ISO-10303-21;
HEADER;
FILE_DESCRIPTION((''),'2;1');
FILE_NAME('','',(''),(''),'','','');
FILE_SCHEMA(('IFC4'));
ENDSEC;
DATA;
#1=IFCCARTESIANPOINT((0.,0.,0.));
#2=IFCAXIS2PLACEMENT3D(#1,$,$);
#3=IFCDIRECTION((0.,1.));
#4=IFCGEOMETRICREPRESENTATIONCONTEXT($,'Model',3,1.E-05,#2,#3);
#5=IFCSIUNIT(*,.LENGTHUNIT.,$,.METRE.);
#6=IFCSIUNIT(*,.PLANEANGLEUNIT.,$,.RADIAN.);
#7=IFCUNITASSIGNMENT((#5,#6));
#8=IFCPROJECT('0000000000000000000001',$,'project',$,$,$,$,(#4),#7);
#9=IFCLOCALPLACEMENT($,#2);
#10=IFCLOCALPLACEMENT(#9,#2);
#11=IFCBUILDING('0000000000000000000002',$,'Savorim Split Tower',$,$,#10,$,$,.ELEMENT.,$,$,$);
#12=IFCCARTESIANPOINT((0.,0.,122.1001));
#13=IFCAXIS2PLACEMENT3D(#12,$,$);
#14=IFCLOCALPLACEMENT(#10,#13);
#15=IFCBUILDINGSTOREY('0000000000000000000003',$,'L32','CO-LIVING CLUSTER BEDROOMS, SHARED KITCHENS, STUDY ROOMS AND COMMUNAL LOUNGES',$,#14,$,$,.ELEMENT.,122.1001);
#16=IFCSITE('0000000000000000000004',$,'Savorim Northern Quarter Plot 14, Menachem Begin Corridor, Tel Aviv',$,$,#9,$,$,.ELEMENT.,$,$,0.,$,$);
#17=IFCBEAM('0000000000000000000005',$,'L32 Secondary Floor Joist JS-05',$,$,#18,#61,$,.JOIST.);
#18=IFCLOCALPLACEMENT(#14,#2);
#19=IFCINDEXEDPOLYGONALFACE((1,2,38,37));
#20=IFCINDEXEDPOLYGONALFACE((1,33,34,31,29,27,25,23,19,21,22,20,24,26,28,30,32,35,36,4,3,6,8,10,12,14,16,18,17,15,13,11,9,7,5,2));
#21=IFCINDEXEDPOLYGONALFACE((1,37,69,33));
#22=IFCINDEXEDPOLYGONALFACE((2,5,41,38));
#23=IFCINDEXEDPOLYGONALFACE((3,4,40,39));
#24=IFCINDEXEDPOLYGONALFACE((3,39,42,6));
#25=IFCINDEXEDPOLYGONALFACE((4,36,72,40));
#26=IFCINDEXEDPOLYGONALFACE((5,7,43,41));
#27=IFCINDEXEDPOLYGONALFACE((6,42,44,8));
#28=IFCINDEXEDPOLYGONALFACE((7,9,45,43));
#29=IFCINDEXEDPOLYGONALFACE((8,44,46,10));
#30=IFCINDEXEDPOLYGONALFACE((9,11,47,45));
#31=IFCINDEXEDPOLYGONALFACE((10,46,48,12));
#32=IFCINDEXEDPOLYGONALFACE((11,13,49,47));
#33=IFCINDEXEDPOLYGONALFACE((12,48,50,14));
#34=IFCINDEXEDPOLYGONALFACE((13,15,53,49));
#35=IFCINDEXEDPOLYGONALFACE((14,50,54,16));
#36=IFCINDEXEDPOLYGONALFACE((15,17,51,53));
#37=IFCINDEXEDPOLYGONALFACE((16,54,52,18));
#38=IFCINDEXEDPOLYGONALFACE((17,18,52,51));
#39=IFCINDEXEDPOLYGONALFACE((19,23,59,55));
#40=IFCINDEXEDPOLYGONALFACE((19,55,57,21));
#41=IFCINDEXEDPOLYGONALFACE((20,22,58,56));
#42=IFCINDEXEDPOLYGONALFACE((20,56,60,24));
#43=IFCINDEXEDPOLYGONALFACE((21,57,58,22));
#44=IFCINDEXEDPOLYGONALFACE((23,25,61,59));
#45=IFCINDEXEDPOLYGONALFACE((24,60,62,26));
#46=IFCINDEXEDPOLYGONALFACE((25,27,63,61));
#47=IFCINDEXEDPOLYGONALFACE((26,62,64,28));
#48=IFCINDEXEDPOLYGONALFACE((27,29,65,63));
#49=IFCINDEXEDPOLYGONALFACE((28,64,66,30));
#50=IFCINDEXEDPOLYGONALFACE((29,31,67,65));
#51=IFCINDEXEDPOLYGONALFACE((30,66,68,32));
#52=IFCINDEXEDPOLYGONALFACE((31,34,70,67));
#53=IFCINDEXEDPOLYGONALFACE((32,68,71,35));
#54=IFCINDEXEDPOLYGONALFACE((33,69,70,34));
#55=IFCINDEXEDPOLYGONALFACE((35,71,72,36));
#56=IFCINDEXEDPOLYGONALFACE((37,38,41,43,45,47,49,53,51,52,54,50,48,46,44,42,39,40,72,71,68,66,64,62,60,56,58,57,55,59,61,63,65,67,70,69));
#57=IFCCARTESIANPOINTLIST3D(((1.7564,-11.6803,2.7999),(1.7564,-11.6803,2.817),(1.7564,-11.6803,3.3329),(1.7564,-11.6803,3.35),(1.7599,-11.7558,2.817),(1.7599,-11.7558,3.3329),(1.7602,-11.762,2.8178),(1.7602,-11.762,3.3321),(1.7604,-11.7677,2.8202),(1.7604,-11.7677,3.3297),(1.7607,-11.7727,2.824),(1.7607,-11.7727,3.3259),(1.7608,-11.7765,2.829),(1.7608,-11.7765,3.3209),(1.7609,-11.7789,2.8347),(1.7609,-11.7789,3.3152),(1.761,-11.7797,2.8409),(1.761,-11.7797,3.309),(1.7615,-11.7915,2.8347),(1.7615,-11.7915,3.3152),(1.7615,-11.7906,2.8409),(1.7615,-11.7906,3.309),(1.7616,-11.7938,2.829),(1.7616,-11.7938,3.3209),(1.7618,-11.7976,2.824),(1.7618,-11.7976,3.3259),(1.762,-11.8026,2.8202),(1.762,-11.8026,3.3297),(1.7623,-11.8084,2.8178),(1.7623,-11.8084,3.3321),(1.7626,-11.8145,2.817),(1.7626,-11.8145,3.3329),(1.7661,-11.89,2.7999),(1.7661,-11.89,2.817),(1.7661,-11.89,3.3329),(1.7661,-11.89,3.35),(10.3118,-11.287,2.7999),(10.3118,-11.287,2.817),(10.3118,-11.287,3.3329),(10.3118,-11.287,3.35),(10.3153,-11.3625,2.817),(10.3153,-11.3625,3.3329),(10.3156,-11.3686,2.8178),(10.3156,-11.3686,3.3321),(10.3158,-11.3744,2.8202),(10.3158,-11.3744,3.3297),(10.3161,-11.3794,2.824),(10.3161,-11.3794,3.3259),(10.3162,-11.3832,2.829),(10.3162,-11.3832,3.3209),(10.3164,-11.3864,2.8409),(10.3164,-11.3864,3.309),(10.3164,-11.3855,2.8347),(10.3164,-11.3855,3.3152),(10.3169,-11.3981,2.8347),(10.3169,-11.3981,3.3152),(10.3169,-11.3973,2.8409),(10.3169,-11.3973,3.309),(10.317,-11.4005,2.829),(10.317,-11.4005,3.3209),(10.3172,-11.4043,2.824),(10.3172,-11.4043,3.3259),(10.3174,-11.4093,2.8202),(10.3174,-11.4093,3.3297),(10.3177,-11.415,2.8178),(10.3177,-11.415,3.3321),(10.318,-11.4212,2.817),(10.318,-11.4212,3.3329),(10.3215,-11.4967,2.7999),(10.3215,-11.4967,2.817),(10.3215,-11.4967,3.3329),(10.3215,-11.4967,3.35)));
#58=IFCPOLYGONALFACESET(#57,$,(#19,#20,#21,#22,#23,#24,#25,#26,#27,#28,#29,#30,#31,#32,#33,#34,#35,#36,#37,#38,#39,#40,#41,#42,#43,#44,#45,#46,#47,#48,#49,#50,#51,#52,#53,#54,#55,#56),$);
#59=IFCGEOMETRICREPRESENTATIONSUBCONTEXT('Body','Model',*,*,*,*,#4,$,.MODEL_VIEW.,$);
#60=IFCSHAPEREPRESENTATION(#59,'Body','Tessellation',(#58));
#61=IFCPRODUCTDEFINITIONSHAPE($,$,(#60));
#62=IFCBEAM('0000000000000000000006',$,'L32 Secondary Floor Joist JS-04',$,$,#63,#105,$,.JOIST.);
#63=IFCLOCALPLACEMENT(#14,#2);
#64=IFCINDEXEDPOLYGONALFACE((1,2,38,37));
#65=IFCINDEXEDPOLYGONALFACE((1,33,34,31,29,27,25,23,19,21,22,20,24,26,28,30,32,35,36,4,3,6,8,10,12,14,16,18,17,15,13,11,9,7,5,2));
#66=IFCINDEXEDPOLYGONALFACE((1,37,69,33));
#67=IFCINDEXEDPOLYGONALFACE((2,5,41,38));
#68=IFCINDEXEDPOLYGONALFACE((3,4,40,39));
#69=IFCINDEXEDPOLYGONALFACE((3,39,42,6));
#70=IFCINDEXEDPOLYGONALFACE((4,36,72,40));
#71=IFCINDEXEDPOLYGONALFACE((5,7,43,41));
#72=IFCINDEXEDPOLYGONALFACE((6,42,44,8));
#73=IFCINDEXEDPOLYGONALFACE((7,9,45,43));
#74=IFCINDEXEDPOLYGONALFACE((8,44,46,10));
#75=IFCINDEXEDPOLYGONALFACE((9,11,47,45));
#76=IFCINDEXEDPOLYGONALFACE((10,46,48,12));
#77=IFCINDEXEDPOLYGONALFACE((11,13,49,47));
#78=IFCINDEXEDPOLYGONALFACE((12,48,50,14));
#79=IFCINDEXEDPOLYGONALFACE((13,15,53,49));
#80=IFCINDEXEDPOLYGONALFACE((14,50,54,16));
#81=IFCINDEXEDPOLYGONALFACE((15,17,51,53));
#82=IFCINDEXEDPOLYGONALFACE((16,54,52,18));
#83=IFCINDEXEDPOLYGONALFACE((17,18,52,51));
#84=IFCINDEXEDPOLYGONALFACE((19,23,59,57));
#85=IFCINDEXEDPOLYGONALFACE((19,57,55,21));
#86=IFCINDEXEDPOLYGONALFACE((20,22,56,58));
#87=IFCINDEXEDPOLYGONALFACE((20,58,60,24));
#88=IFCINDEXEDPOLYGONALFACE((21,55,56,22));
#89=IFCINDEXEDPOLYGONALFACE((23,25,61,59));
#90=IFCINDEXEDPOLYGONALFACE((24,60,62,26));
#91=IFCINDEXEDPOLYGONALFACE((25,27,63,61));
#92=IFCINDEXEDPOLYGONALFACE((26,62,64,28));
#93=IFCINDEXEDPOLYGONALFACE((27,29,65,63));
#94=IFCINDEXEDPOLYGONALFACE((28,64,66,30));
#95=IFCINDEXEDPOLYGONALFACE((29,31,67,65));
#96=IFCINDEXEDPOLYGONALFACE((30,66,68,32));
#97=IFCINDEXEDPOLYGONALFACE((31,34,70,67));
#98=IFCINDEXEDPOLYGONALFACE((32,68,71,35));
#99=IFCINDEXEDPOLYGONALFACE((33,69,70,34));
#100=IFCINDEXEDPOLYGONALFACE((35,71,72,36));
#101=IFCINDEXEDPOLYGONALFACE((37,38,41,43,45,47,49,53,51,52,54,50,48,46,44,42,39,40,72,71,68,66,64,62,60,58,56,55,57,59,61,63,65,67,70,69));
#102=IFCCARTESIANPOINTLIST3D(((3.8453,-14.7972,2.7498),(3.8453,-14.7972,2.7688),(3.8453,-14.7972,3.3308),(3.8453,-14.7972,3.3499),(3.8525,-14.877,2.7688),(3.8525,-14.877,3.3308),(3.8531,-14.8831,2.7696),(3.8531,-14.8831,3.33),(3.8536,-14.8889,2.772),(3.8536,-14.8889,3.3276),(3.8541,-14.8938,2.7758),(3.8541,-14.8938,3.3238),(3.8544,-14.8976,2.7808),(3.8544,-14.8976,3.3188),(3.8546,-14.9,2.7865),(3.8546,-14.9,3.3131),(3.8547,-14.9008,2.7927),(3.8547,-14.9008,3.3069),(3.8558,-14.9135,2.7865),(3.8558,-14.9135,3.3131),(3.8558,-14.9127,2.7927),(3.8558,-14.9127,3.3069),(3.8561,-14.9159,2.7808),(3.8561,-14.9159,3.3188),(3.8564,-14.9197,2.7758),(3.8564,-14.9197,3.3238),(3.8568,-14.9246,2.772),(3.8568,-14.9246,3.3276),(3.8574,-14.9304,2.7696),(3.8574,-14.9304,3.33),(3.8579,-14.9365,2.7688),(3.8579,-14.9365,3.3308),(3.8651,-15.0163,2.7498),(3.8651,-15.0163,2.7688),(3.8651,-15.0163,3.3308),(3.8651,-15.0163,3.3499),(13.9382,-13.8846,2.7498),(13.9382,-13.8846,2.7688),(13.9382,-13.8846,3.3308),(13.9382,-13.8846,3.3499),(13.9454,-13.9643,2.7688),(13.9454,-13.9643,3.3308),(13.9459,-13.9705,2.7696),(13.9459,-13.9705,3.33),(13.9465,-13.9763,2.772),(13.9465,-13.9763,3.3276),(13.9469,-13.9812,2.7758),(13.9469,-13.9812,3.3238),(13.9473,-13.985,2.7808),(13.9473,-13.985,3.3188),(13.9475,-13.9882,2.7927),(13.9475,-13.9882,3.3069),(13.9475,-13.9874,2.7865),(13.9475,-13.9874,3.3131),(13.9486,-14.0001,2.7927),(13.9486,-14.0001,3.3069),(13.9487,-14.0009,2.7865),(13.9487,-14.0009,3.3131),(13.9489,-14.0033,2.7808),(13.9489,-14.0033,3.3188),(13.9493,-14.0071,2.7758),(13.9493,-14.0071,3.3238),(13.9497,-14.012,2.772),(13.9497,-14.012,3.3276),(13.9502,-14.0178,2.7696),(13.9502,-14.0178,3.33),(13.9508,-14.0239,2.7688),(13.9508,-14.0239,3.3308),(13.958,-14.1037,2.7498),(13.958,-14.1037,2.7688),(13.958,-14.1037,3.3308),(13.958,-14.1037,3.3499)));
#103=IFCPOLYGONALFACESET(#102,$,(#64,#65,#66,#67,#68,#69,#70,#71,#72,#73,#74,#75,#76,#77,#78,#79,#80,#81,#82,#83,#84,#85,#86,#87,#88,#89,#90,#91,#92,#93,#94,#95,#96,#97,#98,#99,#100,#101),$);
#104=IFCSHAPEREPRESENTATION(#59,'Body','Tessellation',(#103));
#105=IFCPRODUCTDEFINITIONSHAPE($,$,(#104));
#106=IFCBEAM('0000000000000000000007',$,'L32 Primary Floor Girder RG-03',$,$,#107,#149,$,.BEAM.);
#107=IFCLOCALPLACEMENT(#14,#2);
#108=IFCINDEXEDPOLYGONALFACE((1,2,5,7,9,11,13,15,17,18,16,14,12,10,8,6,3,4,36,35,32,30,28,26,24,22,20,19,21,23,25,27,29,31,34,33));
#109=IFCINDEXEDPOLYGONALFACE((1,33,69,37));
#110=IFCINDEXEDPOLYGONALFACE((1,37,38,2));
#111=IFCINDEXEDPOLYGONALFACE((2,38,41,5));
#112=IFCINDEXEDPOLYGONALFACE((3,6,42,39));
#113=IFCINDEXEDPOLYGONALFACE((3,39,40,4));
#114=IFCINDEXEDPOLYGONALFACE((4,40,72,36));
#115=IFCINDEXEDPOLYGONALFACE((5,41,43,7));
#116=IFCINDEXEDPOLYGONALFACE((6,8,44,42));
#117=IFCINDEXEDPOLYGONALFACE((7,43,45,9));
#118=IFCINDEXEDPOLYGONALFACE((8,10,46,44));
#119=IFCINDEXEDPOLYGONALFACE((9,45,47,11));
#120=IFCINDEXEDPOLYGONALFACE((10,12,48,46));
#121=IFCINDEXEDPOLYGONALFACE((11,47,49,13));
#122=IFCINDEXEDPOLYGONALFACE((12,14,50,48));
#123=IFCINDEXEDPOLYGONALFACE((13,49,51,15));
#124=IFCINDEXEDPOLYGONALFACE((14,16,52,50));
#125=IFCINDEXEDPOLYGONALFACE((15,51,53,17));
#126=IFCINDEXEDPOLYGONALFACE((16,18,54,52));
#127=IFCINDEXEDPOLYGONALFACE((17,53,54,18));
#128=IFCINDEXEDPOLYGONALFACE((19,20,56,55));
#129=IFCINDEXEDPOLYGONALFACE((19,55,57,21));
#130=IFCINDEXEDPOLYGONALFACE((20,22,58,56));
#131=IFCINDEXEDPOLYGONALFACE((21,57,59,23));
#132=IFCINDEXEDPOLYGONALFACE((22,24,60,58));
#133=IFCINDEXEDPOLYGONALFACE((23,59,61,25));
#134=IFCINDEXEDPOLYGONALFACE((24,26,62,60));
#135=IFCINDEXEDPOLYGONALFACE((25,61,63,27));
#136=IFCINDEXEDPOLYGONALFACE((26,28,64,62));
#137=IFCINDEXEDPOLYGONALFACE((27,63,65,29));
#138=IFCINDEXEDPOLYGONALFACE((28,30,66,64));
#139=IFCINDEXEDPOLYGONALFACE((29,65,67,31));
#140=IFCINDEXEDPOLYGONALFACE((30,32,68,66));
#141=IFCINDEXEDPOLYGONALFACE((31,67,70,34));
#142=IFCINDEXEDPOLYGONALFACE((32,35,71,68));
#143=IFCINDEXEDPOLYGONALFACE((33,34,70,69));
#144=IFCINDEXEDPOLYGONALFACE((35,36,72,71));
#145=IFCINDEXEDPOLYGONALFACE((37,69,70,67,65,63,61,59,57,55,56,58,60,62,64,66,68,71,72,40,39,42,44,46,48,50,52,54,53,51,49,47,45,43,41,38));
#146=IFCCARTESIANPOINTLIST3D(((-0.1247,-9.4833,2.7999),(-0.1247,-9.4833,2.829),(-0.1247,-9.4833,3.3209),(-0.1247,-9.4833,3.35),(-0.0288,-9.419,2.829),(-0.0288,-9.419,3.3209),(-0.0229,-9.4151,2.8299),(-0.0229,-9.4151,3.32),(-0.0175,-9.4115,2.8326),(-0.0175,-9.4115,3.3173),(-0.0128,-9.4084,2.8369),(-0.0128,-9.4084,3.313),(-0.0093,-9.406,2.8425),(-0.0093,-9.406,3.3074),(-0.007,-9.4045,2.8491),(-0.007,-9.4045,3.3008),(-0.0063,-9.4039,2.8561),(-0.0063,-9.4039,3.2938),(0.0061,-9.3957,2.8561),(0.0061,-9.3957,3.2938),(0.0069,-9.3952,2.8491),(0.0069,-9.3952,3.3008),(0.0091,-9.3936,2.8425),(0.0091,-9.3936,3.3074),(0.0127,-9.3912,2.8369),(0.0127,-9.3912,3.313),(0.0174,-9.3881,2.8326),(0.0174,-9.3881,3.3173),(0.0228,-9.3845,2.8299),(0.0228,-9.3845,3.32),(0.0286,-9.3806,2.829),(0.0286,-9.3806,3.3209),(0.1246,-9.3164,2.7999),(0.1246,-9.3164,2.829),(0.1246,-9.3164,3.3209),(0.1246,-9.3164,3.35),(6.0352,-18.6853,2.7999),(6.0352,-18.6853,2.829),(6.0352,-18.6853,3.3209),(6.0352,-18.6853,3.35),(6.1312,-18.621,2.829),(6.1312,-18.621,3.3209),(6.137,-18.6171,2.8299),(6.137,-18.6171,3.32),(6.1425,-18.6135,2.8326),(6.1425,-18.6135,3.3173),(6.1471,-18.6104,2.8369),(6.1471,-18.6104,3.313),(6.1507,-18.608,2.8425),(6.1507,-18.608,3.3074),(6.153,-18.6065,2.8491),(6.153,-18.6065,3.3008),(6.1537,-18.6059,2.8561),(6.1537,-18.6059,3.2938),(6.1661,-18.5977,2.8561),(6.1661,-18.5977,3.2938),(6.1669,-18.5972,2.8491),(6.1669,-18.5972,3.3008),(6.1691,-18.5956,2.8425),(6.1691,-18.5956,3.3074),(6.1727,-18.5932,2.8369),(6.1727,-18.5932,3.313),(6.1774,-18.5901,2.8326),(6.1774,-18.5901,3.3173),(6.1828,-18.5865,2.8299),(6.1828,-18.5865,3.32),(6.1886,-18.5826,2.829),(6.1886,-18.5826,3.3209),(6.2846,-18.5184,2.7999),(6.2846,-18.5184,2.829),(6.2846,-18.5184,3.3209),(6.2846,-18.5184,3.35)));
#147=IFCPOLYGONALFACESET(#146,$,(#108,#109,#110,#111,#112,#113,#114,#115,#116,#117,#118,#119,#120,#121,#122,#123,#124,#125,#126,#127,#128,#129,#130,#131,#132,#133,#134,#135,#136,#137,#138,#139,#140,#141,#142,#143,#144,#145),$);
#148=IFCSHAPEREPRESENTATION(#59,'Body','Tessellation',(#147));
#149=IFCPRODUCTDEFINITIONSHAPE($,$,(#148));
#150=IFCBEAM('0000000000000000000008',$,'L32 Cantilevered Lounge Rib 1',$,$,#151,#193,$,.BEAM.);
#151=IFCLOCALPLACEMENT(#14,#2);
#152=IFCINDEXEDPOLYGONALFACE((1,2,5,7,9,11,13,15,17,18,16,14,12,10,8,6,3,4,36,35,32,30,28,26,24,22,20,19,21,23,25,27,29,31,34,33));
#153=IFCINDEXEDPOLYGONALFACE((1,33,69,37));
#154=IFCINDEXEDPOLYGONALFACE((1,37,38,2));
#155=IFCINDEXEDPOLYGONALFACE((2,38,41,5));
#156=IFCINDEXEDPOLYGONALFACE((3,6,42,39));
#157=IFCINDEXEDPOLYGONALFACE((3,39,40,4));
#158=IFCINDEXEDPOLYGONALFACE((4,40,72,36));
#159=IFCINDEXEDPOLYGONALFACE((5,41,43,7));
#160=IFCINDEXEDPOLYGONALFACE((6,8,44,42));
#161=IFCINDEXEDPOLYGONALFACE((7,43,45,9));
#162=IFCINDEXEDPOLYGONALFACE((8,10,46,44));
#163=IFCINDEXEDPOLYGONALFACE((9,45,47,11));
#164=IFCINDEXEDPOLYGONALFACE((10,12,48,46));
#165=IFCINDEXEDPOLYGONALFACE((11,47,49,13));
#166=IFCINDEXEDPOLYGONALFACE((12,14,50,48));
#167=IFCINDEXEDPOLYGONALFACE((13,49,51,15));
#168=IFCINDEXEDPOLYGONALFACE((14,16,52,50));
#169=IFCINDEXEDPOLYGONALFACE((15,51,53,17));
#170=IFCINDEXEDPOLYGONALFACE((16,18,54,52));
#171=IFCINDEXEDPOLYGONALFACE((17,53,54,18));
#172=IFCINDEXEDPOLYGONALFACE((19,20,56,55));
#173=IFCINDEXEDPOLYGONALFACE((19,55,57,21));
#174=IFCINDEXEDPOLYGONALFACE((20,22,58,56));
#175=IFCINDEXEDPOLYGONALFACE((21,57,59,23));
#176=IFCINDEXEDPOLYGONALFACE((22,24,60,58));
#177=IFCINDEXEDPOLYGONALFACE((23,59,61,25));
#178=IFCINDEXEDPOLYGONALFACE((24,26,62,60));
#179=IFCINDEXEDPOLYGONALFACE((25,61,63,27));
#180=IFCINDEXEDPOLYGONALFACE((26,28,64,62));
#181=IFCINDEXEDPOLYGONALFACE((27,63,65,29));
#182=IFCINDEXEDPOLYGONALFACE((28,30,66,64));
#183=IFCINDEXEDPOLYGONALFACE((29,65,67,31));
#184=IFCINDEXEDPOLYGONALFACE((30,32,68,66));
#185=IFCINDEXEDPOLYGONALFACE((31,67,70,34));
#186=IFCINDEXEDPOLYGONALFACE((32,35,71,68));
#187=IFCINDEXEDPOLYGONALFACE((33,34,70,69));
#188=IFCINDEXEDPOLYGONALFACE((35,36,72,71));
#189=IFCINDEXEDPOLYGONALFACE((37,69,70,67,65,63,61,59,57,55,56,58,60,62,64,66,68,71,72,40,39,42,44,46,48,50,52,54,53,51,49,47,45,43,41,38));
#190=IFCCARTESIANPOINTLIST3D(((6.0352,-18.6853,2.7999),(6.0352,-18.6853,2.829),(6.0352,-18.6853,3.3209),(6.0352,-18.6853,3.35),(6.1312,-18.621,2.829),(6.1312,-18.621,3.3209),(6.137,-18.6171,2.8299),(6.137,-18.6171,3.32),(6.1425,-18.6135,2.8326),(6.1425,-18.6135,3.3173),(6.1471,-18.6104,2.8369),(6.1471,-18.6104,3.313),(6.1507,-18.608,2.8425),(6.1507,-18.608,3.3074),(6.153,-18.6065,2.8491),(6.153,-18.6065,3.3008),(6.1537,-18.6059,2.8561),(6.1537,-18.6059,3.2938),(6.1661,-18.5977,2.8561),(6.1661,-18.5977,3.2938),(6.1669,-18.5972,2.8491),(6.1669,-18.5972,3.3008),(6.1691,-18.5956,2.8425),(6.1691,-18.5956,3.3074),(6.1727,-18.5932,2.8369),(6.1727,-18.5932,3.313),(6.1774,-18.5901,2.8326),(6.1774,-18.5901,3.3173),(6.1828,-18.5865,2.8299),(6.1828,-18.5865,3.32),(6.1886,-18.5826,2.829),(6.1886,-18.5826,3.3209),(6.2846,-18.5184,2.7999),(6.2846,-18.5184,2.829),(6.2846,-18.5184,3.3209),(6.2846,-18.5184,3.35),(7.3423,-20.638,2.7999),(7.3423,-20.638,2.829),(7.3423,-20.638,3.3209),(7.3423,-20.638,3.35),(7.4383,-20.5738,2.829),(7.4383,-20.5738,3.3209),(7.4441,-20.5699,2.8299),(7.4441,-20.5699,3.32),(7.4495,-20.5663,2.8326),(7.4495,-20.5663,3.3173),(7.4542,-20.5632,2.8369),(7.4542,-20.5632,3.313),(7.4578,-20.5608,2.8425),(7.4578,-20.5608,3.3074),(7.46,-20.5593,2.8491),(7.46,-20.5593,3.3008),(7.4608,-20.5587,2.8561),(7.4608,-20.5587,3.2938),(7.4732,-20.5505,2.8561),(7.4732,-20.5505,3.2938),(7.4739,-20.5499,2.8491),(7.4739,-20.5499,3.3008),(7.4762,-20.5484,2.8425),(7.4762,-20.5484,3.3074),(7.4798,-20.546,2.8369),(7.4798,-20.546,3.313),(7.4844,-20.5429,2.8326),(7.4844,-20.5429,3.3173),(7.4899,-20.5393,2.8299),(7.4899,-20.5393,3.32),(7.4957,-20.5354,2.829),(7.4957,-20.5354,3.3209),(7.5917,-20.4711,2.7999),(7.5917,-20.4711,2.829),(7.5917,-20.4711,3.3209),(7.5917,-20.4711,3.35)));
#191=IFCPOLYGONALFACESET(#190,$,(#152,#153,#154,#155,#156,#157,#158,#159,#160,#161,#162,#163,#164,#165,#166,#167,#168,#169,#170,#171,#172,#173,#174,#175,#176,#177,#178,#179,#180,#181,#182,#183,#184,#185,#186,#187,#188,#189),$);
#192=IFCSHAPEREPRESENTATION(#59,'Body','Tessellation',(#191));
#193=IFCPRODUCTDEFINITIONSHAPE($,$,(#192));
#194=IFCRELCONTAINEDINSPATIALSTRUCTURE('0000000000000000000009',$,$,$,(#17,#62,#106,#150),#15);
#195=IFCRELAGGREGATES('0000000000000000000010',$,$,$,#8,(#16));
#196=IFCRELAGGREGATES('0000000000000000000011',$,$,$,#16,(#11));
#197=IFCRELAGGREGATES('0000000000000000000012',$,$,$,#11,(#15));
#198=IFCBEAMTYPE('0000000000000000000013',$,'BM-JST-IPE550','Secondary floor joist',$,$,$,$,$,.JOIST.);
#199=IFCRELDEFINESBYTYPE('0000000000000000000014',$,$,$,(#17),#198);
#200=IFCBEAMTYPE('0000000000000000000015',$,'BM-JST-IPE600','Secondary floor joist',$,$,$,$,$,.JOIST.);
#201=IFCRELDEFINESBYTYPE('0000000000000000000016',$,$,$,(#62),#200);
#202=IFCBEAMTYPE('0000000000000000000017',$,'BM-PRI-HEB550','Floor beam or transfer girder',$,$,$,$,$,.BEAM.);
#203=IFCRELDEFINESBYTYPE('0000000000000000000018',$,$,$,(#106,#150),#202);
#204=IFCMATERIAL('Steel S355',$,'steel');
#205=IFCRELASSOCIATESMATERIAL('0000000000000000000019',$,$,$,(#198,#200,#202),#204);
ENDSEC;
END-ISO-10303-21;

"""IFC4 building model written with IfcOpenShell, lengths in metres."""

from ifc_helpers import new_model, si_unit, direction, frame, origin, origin_2d, place, context, subcontext, project, spatial, i_section, extrude, material, material_profile, profile_set, type_object, element, save


model = new_model("IFC4")

# Units and contexts
model_context = context("Model", 3, precision=1e-05, world=origin(), true_north=direction((0.0, 1.0)))
body_context = subcontext(model_context, "Body", "Model", "MODEL_VIEW")
ifc_project = project(units=[si_unit("LENGTHUNIT", "METRE"), si_unit("PLANEANGLEUNIT", "RADIAN")], contexts=[model_context])

# Site, building, storey
site_placement = place(None, origin())
site = spatial("IfcSite", under=ifc_project, at=site_placement, Name="Savorim Northern Quarter Plot 14, Menachem Begin Corridor, Tel Aviv", CompositionType="ELEMENT", RefElevation=0.0)
building_placement = place(site_placement, origin())
building = spatial("IfcBuilding", under=site, at=building_placement, Name="Savorim Split Tower", CompositionType="ELEMENT")
storey_placement = place(building_placement, frame((0.0, 0.0, 122.1001)))
storey = spatial("IfcBuildingStorey", under=building, at=storey_placement, Name="L32", Description="CO-LIVING CLUSTER BEDROOMS, SHARED KITCHENS, STUDY ROOMS AND COMMUNAL LOUNGES", CompositionType="ELEMENT", Elevation=122.1001)

# Beams
ifc_material_1 = material(Name="Steel S355", Category="steel")
ifc_material_profile_1 = material_profile(ifc_material_1, i_section(OverallWidth=0.21, OverallDepth=0.55, WebThickness=0.011, FlangeThickness=0.0171, FilletRadius=0.0239, at=origin_2d()), Name="IPE 550")
ifc_profile_set_1 = profile_set([ifc_material_profile_1], Name="Steel S355")
beam_type_1 = type_object("IfcBeamType", Name="BM-JST-IPE550", Description="Secondary floor joist", PredefinedType="JOIST", material=ifc_profile_set_1)
beam_1_placement = place(storey_placement, frame((1.7612, -11.7852, 3.075), z_axis=(0.998945, 0.045924, 0.0), x_axis=(-0.045924, 0.998945, 0.0)))
element("IfcBeam", 1, at=beam_1_placement, inside=storey, type_object=beam_type_1, Name="L32 Secondary Floor Joist JS-05", PredefinedType="JOIST", context=body_context, shape_type="SweptSolid", body=[
    extrude(i_section(OverallWidth=0.21, OverallDepth=0.55, WebThickness=0.011, FlangeThickness=0.0171, FilletRadius=0.0239, at=origin_2d()), origin(), (0.0, 0.0, 1.0), 8.5645),
])
ifc_material_profile_2 = material_profile(ifc_material_1, i_section(OverallWidth=0.22, OverallDepth=0.6001, WebThickness=0.012, FlangeThickness=0.019, FilletRadius=0.0239, at=origin_2d()), Name="IPE 600")
ifc_profile_set_2 = profile_set([ifc_material_profile_2], Name="Steel S355")
beam_type_2 = type_object("IfcBeamType", Name="BM-JST-IPE600", Description="Secondary floor joist", PredefinedType="JOIST", material=ifc_profile_set_2)
beam_2_placement = place(storey_placement, frame((3.8552, -14.9067, 3.0498), z_axis=(0.995937, 0.090054, 0.0), x_axis=(-0.090054, 0.995937, 0.0)))
element("IfcBeam", 2, at=beam_2_placement, inside=storey, type_object=beam_type_2, Name="L32 Secondary Floor Joist JS-04", PredefinedType="JOIST", context=body_context, shape_type="SweptSolid", body=[
    extrude(i_section(OverallWidth=0.22, OverallDepth=0.6001, WebThickness=0.012, FlangeThickness=0.019, FilletRadius=0.0239, at=origin_2d()), origin(), (0.0, 0.0, 1.0), 10.134),
])
ifc_material_profile_3 = material_profile(ifc_material_1, i_section(OverallWidth=0.3, OverallDepth=0.55, WebThickness=0.0149, FlangeThickness=0.0291, FilletRadius=0.0271, at=origin_2d()), Name="HEB 550")
ifc_profile_set_3 = profile_set([ifc_material_profile_3], Name="Steel S355")
beam_type_3 = type_object("IfcBeamType", Name="BM-PRI-HEB550", Description="Floor beam or transfer girder", PredefinedType="BEAM", material=ifc_profile_set_3)
beam_3_placement = place(storey_placement, frame((6.1599, -18.6018, 3.075), z_axis=(-0.556282, 0.830994, 0.0), x_axis=(-0.830994, -0.556282, 0.0)))
element("IfcBeam", 3, at=beam_3_placement, inside=storey, type_object=beam_type_3, Name="L32 Primary Floor Girder RG-03", PredefinedType="BEAM", context=body_context, shape_type="SweptSolid", body=[
    extrude(i_section(OverallWidth=0.3, OverallDepth=0.55, WebThickness=0.0149, FlangeThickness=0.0291, FilletRadius=0.0271, at=origin_2d()), origin(), (0.0, 0.0, 1.0), 11.0735),
])
beam_4_placement = place(storey_placement, frame((6.1599, -18.6018, 3.075), z_axis=(0.556234, -0.831026, 0.0), x_axis=(0.831026, 0.556234, 0.0)))
element("IfcBeam", 4, at=beam_4_placement, inside=storey, type_object=beam_type_3, Name="L32 Cantilevered Lounge Rib 1", PredefinedType="BEAM", context=body_context, shape_type="SweptSolid", body=[
    extrude(i_section(OverallWidth=0.3, OverallDepth=0.55, WebThickness=0.0149, FlangeThickness=0.0291, FilletRadius=0.0271, at=origin_2d()), origin(), (0.0, 0.0, 1.0), 2.3499),
])

save(model, "model.ifc")
